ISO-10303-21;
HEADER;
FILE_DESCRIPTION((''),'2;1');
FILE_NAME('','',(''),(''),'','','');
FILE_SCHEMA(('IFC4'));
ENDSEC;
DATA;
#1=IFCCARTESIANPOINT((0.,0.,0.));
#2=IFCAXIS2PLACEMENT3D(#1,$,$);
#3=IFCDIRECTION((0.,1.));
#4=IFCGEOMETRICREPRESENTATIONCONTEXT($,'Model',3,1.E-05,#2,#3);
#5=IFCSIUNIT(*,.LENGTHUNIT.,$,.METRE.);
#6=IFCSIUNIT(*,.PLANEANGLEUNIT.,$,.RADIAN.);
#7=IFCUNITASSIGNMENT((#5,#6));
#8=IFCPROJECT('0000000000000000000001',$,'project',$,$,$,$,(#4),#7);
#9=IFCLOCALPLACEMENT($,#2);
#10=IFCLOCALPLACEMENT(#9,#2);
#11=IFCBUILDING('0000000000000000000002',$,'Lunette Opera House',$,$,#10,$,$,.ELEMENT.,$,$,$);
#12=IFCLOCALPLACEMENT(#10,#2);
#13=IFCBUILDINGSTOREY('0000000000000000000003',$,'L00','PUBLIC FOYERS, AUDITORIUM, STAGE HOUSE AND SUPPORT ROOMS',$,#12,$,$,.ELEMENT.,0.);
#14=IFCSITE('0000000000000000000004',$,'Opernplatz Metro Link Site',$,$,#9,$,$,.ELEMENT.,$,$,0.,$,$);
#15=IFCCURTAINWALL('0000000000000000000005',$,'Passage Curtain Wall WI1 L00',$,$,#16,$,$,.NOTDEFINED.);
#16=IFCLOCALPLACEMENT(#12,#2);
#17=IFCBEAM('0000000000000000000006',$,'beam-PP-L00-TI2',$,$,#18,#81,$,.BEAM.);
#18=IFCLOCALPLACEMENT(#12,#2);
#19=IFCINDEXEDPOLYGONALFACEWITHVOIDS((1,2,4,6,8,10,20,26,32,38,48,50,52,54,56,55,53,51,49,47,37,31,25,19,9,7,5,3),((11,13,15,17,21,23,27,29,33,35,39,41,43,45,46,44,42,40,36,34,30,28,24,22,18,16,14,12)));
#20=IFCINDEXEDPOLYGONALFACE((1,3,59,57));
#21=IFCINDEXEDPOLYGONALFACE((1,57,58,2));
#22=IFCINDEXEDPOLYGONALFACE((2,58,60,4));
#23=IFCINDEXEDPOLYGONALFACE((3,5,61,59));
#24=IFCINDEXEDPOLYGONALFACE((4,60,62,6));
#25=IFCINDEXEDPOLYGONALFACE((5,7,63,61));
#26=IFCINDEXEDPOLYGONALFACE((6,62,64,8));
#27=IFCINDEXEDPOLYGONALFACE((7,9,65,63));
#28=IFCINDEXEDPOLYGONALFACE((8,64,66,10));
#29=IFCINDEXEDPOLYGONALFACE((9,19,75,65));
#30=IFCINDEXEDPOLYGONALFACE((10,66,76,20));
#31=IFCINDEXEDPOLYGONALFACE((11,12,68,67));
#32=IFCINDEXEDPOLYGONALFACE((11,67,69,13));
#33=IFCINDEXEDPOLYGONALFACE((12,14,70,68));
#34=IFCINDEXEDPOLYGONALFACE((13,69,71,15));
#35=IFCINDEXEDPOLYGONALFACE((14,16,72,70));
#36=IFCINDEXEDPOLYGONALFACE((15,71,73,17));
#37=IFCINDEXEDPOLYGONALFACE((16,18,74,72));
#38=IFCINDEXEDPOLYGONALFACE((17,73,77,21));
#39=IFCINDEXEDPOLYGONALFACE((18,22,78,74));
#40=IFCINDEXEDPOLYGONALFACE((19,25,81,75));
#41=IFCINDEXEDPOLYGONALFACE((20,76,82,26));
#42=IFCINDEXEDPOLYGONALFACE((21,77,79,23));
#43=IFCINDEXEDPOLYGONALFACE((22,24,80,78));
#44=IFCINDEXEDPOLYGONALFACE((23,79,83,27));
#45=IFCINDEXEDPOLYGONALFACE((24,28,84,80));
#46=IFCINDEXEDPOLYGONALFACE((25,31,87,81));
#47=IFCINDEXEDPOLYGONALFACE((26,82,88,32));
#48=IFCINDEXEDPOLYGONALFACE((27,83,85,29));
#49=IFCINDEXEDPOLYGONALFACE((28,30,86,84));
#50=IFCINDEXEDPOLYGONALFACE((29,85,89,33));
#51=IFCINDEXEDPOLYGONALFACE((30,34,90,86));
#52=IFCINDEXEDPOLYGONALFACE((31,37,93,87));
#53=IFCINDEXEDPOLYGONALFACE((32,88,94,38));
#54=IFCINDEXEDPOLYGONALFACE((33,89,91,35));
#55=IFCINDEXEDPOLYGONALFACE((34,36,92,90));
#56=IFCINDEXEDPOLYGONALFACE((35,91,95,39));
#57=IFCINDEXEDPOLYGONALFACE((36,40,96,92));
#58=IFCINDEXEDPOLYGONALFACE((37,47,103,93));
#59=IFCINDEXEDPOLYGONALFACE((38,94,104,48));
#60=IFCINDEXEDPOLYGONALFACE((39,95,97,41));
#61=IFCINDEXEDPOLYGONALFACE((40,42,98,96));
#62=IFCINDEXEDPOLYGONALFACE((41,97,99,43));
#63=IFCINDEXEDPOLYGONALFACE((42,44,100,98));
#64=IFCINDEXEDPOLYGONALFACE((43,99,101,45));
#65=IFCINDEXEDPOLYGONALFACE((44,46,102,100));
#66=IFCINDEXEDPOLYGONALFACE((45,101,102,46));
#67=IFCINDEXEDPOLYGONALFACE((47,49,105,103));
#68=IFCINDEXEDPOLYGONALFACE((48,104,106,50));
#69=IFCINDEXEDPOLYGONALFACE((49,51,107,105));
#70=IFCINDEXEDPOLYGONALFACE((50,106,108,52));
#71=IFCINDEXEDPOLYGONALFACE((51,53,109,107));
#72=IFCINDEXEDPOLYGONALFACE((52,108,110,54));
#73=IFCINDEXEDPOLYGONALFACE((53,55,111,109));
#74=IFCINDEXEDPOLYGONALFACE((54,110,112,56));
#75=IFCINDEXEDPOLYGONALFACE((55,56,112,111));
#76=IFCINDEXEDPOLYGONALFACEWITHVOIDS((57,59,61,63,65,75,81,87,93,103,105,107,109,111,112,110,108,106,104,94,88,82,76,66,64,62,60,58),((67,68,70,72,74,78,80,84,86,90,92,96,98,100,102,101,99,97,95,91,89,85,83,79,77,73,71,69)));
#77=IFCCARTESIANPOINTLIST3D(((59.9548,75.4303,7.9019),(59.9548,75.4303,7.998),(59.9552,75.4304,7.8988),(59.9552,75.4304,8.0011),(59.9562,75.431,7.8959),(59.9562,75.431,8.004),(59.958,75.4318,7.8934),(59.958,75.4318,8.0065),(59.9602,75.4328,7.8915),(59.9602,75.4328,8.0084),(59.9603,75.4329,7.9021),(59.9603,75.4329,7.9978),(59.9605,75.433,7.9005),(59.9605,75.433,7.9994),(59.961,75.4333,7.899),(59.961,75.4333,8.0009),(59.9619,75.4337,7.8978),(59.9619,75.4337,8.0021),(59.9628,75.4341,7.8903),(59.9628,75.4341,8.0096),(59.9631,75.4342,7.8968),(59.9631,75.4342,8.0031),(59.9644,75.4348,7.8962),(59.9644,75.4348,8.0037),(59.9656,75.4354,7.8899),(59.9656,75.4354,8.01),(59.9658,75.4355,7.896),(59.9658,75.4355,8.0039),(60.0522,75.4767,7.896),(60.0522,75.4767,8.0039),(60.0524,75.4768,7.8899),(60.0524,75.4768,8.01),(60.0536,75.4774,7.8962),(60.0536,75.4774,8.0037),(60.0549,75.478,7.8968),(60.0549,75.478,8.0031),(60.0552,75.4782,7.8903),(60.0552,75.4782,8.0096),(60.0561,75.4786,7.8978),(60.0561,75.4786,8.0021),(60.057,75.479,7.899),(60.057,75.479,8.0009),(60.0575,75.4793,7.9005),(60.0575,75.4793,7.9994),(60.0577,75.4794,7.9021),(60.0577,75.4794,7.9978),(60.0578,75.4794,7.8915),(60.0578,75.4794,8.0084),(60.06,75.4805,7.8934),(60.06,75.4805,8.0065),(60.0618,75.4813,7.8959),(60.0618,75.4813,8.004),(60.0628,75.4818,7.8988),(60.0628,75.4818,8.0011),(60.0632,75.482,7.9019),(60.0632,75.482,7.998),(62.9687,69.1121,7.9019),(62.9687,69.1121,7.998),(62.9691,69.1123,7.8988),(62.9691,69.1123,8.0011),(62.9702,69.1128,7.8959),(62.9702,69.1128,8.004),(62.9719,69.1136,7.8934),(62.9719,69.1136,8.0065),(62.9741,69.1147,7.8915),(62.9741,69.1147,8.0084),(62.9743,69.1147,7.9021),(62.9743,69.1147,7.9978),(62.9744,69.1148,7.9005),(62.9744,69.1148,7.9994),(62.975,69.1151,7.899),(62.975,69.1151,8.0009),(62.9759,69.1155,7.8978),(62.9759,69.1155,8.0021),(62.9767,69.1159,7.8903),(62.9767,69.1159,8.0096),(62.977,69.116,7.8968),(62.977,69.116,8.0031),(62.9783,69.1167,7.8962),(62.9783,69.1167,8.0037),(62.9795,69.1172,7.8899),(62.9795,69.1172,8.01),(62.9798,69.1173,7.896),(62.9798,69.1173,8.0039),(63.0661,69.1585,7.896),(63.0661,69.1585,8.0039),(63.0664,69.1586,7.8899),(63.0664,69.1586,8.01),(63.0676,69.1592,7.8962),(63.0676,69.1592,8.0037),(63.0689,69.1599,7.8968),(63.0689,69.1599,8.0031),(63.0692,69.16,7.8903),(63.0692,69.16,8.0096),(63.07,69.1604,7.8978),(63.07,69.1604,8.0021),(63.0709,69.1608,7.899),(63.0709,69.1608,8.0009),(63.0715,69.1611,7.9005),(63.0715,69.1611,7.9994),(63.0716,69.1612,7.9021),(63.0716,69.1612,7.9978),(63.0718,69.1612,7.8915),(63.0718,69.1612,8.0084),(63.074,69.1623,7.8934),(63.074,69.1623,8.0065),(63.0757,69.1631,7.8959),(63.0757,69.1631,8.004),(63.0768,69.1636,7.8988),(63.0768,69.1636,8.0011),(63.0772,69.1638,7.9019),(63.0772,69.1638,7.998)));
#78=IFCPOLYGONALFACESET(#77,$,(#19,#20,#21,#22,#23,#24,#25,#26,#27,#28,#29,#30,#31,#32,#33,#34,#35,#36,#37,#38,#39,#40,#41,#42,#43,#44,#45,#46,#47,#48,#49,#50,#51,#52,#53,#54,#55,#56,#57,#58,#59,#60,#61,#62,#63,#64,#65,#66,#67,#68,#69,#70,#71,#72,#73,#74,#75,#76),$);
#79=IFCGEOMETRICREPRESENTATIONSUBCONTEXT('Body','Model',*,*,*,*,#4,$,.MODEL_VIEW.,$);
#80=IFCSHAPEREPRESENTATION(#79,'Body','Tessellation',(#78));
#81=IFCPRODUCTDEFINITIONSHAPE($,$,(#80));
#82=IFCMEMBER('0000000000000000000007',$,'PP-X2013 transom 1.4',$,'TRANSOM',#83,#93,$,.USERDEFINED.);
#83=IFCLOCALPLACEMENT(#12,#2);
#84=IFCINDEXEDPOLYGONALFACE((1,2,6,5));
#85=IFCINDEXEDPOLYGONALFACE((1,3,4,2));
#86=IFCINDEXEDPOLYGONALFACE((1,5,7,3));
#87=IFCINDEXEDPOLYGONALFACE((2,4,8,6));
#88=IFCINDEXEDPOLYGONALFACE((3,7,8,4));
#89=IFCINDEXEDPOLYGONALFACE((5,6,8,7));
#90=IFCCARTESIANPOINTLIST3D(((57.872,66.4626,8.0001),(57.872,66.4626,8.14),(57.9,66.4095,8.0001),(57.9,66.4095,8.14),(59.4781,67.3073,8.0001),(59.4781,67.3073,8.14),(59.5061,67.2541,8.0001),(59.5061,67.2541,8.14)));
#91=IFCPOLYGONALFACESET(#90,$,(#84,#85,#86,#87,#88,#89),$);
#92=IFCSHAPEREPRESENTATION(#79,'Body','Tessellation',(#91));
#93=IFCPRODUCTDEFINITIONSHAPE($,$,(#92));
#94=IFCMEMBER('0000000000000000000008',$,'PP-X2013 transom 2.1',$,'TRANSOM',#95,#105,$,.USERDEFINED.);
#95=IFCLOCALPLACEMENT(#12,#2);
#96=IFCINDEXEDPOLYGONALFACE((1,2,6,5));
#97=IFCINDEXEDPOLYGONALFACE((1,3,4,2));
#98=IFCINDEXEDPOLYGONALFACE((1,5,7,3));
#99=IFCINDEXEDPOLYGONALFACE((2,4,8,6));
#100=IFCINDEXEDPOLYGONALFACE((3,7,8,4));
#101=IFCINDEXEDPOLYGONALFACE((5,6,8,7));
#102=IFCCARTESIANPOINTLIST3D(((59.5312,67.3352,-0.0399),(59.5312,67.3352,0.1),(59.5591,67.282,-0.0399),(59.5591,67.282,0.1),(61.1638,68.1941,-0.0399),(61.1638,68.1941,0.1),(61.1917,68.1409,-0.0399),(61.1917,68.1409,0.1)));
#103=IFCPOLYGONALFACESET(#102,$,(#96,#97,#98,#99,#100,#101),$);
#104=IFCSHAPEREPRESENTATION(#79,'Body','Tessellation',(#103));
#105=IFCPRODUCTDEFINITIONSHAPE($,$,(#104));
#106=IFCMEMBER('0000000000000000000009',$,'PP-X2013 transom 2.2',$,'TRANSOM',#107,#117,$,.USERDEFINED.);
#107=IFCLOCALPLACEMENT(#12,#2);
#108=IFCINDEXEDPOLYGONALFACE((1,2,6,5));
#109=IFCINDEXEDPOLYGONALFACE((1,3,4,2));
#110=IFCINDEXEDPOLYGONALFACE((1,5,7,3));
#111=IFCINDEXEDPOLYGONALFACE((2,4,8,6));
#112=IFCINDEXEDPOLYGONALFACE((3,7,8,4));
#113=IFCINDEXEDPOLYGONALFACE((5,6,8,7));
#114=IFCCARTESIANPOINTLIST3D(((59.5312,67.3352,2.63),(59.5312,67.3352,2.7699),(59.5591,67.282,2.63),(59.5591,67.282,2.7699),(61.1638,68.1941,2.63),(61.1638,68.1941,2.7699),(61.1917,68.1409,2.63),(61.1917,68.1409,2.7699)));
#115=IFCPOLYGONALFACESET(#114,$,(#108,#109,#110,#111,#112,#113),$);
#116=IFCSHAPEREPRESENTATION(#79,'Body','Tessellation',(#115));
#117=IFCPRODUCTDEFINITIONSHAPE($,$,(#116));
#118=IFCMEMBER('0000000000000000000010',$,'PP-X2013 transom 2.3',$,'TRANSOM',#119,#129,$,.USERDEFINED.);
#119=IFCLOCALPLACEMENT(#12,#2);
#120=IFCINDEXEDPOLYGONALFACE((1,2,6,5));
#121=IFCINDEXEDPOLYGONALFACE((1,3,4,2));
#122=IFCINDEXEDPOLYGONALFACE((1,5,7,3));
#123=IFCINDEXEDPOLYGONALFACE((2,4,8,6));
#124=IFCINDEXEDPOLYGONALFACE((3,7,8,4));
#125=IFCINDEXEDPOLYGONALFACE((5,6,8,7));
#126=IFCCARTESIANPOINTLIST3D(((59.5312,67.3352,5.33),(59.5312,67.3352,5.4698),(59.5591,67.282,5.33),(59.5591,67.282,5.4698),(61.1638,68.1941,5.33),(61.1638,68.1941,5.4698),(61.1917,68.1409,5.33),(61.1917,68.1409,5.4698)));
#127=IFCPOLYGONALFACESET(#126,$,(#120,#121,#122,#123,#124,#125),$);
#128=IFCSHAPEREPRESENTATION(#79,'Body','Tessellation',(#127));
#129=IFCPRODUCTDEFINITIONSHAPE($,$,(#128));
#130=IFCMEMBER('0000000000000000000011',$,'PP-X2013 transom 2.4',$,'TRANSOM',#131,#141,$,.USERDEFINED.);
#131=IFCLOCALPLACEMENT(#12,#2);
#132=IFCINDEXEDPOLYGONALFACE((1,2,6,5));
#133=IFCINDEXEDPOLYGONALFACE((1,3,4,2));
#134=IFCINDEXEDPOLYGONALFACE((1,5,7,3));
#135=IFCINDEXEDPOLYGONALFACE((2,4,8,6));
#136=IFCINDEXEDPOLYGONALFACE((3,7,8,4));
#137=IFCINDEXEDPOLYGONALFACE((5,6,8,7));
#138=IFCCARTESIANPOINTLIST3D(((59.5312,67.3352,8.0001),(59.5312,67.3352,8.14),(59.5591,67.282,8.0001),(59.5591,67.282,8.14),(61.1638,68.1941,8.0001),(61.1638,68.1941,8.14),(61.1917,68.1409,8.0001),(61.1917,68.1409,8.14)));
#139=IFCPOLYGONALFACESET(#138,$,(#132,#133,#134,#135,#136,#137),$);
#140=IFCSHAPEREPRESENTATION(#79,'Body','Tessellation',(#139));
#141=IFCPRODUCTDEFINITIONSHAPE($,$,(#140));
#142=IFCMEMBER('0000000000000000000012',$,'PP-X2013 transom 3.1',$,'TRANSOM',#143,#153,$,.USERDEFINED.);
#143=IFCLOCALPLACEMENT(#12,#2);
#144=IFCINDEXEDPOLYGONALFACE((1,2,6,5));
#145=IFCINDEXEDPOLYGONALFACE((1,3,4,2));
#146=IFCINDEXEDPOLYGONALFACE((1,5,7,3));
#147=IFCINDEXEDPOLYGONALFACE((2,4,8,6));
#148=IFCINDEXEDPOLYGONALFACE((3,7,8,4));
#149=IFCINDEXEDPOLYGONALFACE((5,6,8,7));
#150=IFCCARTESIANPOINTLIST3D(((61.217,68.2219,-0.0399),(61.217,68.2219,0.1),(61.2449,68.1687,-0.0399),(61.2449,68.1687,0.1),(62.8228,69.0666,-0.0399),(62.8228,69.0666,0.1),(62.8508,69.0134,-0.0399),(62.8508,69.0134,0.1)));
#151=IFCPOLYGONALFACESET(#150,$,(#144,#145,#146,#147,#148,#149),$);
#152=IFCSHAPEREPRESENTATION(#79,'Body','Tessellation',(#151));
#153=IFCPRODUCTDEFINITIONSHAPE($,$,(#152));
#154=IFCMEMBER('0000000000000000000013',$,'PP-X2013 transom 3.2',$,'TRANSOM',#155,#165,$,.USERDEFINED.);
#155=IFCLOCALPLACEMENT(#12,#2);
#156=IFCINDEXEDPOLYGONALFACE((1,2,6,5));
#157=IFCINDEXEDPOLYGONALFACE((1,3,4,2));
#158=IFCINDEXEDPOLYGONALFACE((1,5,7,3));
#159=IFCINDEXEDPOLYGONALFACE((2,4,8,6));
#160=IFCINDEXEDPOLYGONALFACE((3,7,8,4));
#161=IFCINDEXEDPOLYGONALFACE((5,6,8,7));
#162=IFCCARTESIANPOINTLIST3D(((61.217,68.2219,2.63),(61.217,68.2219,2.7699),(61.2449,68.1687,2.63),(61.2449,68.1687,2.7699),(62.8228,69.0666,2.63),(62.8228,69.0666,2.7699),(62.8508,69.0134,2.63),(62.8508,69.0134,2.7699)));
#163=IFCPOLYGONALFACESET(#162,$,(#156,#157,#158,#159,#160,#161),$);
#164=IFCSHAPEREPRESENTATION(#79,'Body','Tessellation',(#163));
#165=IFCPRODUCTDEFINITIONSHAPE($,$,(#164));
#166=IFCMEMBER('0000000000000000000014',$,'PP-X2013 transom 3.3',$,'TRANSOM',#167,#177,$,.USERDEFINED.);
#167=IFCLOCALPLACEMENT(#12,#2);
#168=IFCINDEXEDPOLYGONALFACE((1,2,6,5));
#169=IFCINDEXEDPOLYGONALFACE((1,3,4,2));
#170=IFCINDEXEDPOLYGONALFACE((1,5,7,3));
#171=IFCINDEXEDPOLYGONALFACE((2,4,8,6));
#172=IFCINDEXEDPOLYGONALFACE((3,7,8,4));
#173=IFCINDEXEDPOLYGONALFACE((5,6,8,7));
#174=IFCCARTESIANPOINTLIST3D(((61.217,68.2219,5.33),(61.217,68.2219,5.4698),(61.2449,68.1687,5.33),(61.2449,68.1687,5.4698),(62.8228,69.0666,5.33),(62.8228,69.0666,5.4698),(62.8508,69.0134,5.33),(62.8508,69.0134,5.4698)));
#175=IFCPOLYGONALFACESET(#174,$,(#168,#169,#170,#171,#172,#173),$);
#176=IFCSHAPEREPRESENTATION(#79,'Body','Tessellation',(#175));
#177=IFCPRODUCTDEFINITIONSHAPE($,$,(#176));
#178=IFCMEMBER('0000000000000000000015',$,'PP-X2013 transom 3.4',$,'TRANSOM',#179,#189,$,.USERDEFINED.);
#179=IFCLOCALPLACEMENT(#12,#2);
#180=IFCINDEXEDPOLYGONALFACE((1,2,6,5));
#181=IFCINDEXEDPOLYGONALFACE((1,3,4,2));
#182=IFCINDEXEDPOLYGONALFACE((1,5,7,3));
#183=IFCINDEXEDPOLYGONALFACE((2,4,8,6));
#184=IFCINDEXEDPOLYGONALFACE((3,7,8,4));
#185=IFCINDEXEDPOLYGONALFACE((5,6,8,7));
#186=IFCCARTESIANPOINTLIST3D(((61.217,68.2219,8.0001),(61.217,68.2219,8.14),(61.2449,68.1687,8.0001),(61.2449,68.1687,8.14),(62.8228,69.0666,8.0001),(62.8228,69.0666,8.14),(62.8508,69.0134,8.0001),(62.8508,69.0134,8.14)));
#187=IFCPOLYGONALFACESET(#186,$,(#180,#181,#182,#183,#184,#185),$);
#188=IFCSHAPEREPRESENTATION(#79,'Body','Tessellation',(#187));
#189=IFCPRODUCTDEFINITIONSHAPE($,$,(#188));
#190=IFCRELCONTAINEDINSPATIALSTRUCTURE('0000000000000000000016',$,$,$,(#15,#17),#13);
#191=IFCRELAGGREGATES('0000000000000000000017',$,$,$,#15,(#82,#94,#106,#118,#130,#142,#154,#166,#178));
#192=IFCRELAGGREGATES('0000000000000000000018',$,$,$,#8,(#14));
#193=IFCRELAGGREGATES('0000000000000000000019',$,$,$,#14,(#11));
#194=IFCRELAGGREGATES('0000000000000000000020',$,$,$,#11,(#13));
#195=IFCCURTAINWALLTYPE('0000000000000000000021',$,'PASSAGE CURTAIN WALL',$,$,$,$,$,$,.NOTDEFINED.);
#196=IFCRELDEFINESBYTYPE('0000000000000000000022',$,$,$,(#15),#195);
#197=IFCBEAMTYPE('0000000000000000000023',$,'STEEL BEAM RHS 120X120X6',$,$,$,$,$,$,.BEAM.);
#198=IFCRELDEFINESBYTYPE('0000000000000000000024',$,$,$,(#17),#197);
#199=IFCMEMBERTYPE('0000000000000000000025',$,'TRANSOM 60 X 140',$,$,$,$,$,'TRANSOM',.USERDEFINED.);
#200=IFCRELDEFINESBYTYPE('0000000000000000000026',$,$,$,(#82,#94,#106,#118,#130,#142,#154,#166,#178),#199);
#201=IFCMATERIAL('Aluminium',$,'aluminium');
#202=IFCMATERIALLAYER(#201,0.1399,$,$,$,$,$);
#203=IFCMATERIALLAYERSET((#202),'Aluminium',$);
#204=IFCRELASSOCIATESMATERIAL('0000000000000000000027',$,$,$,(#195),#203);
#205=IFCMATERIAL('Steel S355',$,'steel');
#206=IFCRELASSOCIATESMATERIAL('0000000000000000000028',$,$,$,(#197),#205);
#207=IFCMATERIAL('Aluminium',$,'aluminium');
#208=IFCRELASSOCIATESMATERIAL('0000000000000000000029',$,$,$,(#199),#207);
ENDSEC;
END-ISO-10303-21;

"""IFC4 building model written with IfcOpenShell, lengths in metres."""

from ifc_helpers import new_model, si_unit, direction, frame, origin, origin_2d, place, context, subcontext, project, spatial, rectangle, hollow_rectangle, extrude, material, layer, layer_set, material_profile, profile_set, type_object, element, aggregate, save


model = new_model("IFC4")

# Units and contexts
model_context = context("Model", 3, precision=1e-05, world=origin(), true_north=direction((0.0, 1.0)))
body_context = subcontext(model_context, "Body", "Model", "MODEL_VIEW")
ifc_project = project(units=[si_unit("LENGTHUNIT", "METRE"), si_unit("PLANEANGLEUNIT", "RADIAN")], contexts=[model_context])

# Site, building, storey
site_placement = place(None, origin())
site = spatial("IfcSite", under=ifc_project, at=site_placement, Name="Opernplatz Metro Link Site", CompositionType="ELEMENT", RefElevation=0.0)
building_placement = place(site_placement, origin())
building = spatial("IfcBuilding", under=site, at=building_placement, Name="Lunette Opera House", CompositionType="ELEMENT")
storey_placement = place(building_placement, origin())
storey = spatial("IfcBuildingStorey", under=building, at=storey_placement, Name="L00", Description="PUBLIC FOYERS, AUDITORIUM, STAGE HOUSE AND SUPPORT ROOMS", CompositionType="ELEMENT", Elevation=0.0)

# Curtain wall
ifc_material_1 = material(Name="Aluminium", Category="aluminium")
ifc_layer_1 = layer(ifc_material_1, 0.1399)
ifc_layer_set_1 = layer_set([ifc_layer_1], Name="Aluminium")
curtain_wall_type = type_object("IfcCurtainWallType", Name="PASSAGE CURTAIN WALL", PredefinedType="NOTDEFINED", material=ifc_layer_set_1)
curtain_wall_placement = place(storey_placement, origin())
curtain_wall = element("IfcCurtainWall", 1, at=curtain_wall_placement, inside=storey, type_object=curtain_wall_type, Name="Passage Curtain Wall WI1 L00", PredefinedType="NOTDEFINED")

# Beam
ifc_material_2 = material(Name="Steel S355", Category="steel")
ifc_material_profile_1 = material_profile(ifc_material_2, hollow_rectangle(XDim=0.1201, YDim=0.1201, WallThickness=0.0061, InnerFilletRadius=0.0061, OuterFilletRadius=0.012, at=origin_2d()), Name="RHS 120X120X6")
ifc_profile_set_1 = profile_set([ifc_material_profile_1], Name="Steel S355")
beam_type_1 = type_object("IfcBeamType", Name="STEEL BEAM RHS 120X120X6", PredefinedType="BEAM", material=ifc_profile_set_1)
beam_1_placement = place(storey_placement, frame((63.0229, 69.1379, 7.95), z_axis=(-0.430549, 0.902567, 0.0), x_axis=(-0.902567, -0.430549, 0.0)))
element("IfcBeam", 2, at=beam_1_placement, inside=storey, type_object=beam_type_1, Name="beam-PP-L00-TI2", PredefinedType="BEAM", context=body_context, shape_type="SweptSolid", body=[
    extrude(hollow_rectangle(XDim=0.1201, YDim=0.1201, WallThickness=0.0061, InnerFilletRadius=0.0061, OuterFilletRadius=0.012, at=origin_2d()), origin(), (0.0, 0.0, 1.0), 7.0002),
])

# Members
ifc_material_3 = material(Name="Aluminium", Category="aluminium")
ifc_material_profile_2 = material_profile(ifc_material_3, rectangle(XDim=0.0601, YDim=0.1399, at=origin_2d()), Name="TRANSOM 60 X 140")
ifc_profile_set_2 = profile_set([ifc_material_profile_2], Name="Aluminium")
member_type_1 = type_object("IfcMemberType", Name="TRANSOM 60 X 140", ElementType="TRANSOM", PredefinedType="USERDEFINED", material=ifc_profile_set_2)
member_1_placement = place(storey_placement, frame((57.886, 66.436, 8.0701), z_axis=(0.885064, 0.465469, 0.0), x_axis=(-0.465469, 0.885064, 0.0)))
member_1 = element("IfcMember", 3, at=member_1_placement, type_object=member_type_1, Name="PP-X2013 transom 1.4", ObjectType="TRANSOM", PredefinedType="USERDEFINED", context=body_context, shape_type="SweptSolid", body=[
    extrude(rectangle(XDim=0.0601, YDim=0.1399, at=origin_2d()), origin(), (0.0, 0.0, 1.0), 1.8147),
])
member_2_placement = place(storey_placement, frame((59.5452, 67.3086, 0.03), z_axis=(0.884999, 0.465594, 0.0), x_axis=(-0.465594, 0.884999, 0.0)))
member_2 = element("IfcMember", 4, at=member_2_placement, type_object=member_type_1, Name="PP-X2013 transom 2.1", ObjectType="TRANSOM", PredefinedType="USERDEFINED", context=body_context, shape_type="SweptSolid", body=[
    extrude(rectangle(XDim=0.0601, YDim=0.1399, at=origin_2d()), origin(), (0.0, 0.0, 1.0), 1.8447),
])
member_3_placement = place(storey_placement, frame((59.5452, 67.3086, 2.7), z_axis=(0.884999, 0.465594, 0.0), x_axis=(-0.465594, 0.884999, 0.0)))
member_3 = element("IfcMember", 5, at=member_3_placement, type_object=member_type_1, Name="PP-X2013 transom 2.2", ObjectType="TRANSOM", PredefinedType="USERDEFINED", context=body_context, shape_type="SweptSolid", body=[
    extrude(rectangle(XDim=0.0601, YDim=0.1399, at=origin_2d()), origin(), (0.0, 0.0, 1.0), 1.8447),
])
member_4_placement = place(storey_placement, frame((59.5452, 67.3086, 5.3999), z_axis=(0.884999, 0.465594, 0.0), x_axis=(-0.465594, 0.884999, 0.0)))
member_4 = element("IfcMember", 6, at=member_4_placement, type_object=member_type_1, Name="PP-X2013 transom 2.3", ObjectType="TRANSOM", PredefinedType="USERDEFINED", context=body_context, shape_type="SweptSolid", body=[
    extrude(rectangle(XDim=0.0601, YDim=0.1399, at=origin_2d()), origin(), (0.0, 0.0, 1.0), 1.8447),
])
member_5_placement = place(storey_placement, frame((59.5452, 67.3086, 8.0701), z_axis=(0.884999, 0.465594, 0.0), x_axis=(-0.465594, 0.884999, 0.0)))
member_5 = element("IfcMember", 7, at=member_5_placement, type_object=member_type_1, Name="PP-X2013 transom 2.4", ObjectType="TRANSOM", PredefinedType="USERDEFINED", context=body_context, shape_type="SweptSolid", body=[
    extrude(rectangle(XDim=0.0601, YDim=0.1399, at=origin_2d()), origin(), (0.0, 0.0, 1.0), 1.8447),
])
member_6_placement = place(storey_placement, frame((61.231, 68.1953, 0.03), z_axis=(0.885035, 0.465525, 0.0), x_axis=(-0.465525, 0.885035, 0.0)))
member_6 = element("IfcMember", 8, at=member_6_placement, type_object=member_type_1, Name="PP-X2013 transom 3.1", ObjectType="TRANSOM", PredefinedType="USERDEFINED", context=body_context, shape_type="SweptSolid", body=[
    extrude(rectangle(XDim=0.0601, YDim=0.1399, at=origin_2d()), origin(), (0.0, 0.0, 1.0), 1.8145),
])
member_7_placement = place(storey_placement, frame((61.231, 68.1953, 2.7), z_axis=(0.885035, 0.465525, 0.0), x_axis=(-0.465525, 0.885035, 0.0)))
member_7 = element("IfcMember", 9, at=member_7_placement, type_object=member_type_1, Name="PP-X2013 transom 3.2", ObjectType="TRANSOM", PredefinedType="USERDEFINED", context=body_context, shape_type="SweptSolid", body=[
    extrude(rectangle(XDim=0.0601, YDim=0.1399, at=origin_2d()), origin(), (0.0, 0.0, 1.0), 1.8145),
])
member_8_placement = place(storey_placement, frame((61.231, 68.1953, 5.3999), z_axis=(0.885035, 0.465525, 0.0), x_axis=(-0.465525, 0.885035, 0.0)))
member_8 = element("IfcMember", 10, at=member_8_placement, type_object=member_type_1, Name="PP-X2013 transom 3.3", ObjectType="TRANSOM", PredefinedType="USERDEFINED", context=body_context, shape_type="SweptSolid", body=[
    extrude(rectangle(XDim=0.0601, YDim=0.1399, at=origin_2d()), origin(), (0.0, 0.0, 1.0), 1.8145),
])
member_9_placement = place(storey_placement, frame((61.231, 68.1953, 8.0701), z_axis=(0.885035, 0.465525, 0.0), x_axis=(-0.465525, 0.885035, 0.0)))
member_9 = element("IfcMember", 11, at=member_9_placement, type_object=member_type_1, Name="PP-X2013 transom 3.4", ObjectType="TRANSOM", PredefinedType="USERDEFINED", context=body_context, shape_type="SweptSolid", body=[
    extrude(rectangle(XDim=0.0601, YDim=0.1399, at=origin_2d()), origin(), (0.0, 0.0, 1.0), 1.8145),
])

aggregate(curtain_wall, [member_1, member_2, member_3, member_4, member_5, member_6, member_7, member_8, member_9])

save(model, "model.ifc")
